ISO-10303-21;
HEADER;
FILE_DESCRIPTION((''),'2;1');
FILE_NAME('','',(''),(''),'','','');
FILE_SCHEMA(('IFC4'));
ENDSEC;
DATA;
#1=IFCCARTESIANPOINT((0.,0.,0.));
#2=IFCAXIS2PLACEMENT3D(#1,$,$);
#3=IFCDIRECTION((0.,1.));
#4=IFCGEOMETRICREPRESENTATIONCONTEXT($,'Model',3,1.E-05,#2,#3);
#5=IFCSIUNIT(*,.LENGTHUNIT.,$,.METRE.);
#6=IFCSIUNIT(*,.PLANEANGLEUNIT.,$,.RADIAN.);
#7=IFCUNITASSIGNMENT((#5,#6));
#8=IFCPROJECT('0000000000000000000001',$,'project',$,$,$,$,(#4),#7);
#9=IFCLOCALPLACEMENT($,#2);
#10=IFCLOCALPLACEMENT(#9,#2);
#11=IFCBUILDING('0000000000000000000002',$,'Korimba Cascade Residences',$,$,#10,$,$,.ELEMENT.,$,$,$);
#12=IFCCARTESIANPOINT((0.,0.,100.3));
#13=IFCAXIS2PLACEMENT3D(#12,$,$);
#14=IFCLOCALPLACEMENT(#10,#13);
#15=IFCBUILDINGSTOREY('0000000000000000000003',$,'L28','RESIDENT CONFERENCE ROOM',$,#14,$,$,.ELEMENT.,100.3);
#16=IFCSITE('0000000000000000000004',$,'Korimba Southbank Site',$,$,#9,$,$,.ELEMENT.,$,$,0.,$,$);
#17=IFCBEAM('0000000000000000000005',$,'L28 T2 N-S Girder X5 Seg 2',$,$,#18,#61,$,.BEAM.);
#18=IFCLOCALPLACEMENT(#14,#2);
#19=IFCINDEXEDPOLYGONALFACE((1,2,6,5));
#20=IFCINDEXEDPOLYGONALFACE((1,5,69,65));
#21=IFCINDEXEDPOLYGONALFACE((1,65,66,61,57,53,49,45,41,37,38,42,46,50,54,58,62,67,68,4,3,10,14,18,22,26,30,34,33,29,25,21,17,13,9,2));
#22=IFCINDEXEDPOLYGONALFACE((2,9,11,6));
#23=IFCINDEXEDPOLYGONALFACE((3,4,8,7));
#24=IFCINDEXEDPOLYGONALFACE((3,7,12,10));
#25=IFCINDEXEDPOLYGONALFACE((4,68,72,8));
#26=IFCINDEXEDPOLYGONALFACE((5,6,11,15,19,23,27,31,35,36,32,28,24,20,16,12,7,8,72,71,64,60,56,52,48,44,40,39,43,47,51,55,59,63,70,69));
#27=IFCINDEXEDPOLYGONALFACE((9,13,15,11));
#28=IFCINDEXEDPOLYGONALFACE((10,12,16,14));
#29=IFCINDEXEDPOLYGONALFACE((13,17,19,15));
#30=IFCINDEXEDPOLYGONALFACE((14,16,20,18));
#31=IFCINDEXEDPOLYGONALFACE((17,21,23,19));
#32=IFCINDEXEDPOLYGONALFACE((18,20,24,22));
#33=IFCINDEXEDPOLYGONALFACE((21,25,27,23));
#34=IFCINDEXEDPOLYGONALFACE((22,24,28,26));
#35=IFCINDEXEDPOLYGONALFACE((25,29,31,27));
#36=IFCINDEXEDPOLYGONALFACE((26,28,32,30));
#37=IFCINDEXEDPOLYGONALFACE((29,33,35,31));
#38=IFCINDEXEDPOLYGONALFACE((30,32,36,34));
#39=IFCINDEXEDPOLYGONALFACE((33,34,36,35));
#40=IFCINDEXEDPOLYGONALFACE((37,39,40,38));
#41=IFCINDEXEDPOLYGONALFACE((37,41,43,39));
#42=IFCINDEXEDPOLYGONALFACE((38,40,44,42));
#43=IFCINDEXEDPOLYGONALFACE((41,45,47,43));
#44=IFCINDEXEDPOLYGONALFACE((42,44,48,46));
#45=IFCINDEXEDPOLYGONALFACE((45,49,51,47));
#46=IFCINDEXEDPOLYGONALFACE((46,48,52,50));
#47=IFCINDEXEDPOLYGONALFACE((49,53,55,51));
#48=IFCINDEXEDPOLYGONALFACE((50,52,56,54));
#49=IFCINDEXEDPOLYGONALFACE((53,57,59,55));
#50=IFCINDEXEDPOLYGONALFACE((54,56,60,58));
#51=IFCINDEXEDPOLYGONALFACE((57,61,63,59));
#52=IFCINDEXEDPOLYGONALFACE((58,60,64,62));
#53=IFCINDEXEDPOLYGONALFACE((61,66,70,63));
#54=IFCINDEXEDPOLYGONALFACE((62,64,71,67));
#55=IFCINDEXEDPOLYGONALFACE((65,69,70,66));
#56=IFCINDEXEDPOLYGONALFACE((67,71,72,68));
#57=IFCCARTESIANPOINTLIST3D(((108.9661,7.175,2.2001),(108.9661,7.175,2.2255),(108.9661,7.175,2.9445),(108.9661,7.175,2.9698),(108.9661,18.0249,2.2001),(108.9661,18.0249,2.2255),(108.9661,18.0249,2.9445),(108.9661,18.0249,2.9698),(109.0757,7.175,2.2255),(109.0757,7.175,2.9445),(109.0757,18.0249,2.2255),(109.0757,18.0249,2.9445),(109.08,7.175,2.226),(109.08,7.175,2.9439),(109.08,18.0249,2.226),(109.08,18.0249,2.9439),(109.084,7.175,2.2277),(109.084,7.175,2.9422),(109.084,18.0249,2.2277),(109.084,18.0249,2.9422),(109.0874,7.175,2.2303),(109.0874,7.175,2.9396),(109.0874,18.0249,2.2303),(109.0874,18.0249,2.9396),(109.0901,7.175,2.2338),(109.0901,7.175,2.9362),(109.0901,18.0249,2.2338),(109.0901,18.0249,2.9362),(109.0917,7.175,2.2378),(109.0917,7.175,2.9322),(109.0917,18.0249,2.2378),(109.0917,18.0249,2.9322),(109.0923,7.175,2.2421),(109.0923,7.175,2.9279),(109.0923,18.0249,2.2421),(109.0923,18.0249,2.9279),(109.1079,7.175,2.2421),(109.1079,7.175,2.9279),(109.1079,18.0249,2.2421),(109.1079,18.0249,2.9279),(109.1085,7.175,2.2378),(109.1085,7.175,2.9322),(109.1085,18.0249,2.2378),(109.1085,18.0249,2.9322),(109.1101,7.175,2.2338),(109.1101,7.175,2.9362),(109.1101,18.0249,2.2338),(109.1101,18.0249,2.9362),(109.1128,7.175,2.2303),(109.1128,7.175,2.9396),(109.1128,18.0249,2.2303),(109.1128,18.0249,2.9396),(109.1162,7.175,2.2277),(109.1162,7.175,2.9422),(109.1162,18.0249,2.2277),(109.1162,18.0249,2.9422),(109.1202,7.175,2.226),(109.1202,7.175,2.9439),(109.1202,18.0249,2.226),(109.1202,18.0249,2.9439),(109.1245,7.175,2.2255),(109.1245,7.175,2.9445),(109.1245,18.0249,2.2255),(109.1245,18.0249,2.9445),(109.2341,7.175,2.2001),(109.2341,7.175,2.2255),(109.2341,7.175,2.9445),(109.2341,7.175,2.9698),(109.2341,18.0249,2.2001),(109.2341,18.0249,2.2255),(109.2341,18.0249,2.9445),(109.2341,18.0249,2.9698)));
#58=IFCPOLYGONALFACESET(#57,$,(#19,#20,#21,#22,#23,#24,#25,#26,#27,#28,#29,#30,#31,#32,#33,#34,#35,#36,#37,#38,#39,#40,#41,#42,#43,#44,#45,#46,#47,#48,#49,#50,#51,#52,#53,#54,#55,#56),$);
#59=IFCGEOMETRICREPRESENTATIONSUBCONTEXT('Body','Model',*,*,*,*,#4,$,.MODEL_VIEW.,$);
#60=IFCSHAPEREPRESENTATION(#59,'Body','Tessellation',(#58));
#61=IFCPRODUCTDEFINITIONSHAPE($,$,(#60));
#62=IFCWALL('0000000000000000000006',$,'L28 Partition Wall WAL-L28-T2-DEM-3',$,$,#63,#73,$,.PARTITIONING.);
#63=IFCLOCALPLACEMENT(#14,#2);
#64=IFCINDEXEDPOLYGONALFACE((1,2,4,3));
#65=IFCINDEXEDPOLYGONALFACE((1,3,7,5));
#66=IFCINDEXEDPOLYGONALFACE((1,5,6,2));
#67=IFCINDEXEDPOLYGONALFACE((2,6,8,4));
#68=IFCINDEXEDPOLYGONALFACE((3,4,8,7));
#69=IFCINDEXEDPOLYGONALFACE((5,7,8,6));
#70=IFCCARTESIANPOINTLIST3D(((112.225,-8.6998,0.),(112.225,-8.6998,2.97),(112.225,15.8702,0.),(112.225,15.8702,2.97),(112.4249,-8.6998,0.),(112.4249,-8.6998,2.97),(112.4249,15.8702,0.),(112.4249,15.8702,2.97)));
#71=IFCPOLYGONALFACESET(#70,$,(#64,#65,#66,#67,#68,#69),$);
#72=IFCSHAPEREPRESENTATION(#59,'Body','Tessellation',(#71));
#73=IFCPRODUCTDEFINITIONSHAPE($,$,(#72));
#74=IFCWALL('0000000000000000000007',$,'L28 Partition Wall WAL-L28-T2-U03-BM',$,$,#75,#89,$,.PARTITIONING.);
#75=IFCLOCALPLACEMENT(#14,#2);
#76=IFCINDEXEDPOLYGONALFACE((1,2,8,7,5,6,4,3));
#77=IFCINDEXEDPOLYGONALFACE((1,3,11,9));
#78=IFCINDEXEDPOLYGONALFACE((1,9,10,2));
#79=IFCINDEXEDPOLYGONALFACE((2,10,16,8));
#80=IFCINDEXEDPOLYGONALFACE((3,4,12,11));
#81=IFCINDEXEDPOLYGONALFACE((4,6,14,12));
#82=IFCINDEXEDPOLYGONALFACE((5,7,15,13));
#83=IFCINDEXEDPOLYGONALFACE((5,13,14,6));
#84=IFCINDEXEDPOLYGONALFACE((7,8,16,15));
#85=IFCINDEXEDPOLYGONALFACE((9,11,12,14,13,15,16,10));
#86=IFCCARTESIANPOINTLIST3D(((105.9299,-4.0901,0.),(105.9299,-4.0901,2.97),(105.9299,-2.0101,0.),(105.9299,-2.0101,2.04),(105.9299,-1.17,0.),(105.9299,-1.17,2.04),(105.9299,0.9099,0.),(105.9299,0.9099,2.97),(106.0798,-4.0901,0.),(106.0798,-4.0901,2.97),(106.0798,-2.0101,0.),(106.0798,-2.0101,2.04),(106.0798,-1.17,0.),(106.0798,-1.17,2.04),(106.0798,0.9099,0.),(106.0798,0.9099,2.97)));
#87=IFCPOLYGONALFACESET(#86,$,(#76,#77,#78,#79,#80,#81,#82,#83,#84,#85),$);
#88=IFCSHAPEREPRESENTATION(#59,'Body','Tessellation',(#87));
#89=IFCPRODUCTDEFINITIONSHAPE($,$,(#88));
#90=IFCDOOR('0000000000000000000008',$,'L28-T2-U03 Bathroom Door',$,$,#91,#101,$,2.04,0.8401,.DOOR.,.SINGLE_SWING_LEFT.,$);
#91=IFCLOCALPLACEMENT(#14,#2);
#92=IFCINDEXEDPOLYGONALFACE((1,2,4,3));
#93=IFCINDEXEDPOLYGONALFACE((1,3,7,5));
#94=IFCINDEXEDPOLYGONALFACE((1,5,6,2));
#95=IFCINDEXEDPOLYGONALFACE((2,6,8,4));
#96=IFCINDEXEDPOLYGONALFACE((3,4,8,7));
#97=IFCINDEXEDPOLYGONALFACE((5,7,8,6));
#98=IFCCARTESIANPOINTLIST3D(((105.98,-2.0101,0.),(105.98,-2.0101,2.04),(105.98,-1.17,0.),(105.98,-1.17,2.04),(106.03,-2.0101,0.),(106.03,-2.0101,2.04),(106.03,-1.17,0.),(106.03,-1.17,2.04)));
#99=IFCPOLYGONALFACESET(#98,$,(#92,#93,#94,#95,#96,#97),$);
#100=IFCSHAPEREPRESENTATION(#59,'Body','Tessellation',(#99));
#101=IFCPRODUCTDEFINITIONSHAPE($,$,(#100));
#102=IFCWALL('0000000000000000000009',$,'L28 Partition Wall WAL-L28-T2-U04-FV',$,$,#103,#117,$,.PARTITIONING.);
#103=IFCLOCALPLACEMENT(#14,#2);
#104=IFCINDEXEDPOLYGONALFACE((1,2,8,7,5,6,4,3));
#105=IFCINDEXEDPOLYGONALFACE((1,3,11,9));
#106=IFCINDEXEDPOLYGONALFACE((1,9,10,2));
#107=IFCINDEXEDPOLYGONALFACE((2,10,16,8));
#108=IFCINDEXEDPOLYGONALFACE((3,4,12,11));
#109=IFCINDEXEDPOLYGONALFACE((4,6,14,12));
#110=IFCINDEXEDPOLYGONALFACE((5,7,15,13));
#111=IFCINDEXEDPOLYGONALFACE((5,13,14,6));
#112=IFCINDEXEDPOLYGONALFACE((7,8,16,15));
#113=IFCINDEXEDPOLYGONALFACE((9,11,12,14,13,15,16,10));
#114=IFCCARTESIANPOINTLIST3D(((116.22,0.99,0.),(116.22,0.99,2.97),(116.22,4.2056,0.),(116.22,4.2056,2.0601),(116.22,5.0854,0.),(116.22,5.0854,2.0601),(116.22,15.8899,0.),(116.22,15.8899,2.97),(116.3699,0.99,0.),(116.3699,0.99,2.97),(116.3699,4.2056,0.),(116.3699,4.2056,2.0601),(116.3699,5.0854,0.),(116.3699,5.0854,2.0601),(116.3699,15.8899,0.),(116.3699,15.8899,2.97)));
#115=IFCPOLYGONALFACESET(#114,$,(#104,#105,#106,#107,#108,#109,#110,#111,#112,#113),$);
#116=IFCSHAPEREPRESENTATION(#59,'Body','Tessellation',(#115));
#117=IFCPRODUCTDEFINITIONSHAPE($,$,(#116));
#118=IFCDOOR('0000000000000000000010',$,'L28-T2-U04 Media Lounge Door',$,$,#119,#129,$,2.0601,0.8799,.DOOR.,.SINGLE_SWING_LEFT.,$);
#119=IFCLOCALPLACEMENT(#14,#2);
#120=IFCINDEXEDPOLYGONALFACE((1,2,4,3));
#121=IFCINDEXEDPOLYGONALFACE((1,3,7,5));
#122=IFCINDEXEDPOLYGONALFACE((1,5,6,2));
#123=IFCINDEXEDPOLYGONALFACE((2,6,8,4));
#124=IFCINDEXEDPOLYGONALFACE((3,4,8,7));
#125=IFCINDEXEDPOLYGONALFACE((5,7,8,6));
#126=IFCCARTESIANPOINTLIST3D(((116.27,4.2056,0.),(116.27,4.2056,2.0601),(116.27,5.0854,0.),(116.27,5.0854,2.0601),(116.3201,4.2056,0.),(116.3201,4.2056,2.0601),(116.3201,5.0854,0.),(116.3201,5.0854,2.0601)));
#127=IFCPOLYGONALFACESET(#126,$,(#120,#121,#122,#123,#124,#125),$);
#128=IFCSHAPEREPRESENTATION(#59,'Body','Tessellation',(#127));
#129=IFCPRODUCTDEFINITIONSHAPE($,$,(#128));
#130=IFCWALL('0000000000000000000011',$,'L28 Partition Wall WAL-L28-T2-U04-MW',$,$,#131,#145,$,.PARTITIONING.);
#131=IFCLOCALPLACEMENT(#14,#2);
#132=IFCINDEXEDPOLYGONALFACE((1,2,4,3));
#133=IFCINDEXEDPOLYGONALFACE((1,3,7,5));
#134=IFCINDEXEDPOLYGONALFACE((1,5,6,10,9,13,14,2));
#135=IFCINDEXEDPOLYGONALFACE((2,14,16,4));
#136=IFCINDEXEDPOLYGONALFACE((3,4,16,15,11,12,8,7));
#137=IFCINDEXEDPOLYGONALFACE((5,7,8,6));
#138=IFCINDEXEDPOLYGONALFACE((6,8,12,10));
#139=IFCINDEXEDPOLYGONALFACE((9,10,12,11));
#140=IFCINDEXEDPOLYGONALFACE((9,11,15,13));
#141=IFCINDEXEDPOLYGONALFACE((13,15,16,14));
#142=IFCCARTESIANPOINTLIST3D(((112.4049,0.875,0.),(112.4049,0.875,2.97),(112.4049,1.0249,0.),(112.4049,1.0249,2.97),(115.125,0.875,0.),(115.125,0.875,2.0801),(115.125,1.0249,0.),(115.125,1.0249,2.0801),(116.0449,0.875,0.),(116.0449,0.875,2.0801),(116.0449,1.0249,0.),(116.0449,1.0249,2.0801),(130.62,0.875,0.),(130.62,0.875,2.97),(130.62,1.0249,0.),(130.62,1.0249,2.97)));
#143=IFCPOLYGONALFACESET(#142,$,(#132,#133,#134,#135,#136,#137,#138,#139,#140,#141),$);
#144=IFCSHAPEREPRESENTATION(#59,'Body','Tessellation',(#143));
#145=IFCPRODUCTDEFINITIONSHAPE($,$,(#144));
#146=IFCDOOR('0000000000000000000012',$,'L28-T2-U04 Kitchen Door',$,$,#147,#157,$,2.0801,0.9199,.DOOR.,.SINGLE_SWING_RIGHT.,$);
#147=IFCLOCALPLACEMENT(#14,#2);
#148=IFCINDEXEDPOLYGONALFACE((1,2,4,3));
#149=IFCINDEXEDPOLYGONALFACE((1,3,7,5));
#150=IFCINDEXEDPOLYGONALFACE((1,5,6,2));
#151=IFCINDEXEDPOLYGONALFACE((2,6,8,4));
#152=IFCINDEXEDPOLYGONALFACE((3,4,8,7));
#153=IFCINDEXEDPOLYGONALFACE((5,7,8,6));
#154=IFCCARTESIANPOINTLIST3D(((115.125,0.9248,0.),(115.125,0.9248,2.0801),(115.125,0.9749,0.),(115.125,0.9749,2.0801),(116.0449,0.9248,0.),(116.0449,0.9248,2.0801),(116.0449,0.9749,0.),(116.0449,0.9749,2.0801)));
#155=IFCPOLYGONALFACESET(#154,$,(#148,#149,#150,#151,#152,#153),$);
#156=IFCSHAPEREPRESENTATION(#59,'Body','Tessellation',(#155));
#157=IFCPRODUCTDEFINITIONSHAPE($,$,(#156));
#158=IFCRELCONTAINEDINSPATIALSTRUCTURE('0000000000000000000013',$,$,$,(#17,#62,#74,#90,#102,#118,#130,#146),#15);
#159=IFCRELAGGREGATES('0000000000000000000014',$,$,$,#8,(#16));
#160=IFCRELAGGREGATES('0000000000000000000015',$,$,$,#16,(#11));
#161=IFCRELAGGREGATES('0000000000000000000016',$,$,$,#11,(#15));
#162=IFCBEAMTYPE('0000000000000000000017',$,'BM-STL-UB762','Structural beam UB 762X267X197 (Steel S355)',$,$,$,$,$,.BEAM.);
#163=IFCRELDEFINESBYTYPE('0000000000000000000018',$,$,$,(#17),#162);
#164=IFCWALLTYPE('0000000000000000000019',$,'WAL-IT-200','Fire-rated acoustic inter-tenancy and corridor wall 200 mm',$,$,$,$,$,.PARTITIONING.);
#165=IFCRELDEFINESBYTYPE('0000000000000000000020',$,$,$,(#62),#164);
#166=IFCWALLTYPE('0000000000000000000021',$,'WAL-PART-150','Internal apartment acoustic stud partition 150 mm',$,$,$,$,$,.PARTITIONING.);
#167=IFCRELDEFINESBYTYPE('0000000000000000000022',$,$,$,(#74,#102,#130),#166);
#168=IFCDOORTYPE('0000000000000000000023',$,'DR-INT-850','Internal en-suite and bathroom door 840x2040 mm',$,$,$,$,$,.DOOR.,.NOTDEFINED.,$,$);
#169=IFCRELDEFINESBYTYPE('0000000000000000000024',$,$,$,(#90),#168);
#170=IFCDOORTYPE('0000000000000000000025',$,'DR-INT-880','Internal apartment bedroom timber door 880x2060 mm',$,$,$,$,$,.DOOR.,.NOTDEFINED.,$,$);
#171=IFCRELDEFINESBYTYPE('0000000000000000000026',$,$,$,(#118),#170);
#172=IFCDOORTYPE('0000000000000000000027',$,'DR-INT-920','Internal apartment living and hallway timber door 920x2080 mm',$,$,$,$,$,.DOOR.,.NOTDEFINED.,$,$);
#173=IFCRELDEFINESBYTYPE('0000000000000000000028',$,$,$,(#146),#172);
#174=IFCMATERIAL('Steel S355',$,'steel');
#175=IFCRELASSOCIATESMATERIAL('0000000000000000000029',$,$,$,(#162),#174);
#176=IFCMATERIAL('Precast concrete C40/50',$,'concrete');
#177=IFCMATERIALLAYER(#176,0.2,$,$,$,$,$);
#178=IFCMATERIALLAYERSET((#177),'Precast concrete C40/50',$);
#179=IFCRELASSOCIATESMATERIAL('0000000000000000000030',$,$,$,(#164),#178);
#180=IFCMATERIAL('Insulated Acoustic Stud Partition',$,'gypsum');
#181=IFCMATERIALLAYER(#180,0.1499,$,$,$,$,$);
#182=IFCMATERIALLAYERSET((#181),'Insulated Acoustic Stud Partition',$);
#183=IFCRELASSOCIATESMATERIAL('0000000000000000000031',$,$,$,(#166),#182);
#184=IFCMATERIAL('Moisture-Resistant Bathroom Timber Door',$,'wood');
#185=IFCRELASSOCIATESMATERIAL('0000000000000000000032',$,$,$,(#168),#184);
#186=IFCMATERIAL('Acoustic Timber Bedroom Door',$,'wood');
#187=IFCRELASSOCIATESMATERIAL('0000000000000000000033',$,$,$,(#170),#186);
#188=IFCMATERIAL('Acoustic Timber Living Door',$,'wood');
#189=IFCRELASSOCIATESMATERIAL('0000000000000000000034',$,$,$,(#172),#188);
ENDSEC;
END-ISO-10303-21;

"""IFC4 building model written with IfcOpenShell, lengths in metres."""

from ifc_helpers import new_model, si_unit, direction, frame, frame_2d, origin, origin_2d, place, context, subcontext, project, spatial, rectangle, i_section, extrude, material, layer, layer_set, material_profile, profile_set, type_object, element, fill, save


model = new_model("IFC4")

# Units and contexts
model_context = context("Model", 3, precision=1e-05, world=origin(), true_north=direction((0.0, 1.0)))
body_context = subcontext(model_context, "Body", "Model", "MODEL_VIEW")
ifc_project = project(units=[si_unit("LENGTHUNIT", "METRE"), si_unit("PLANEANGLEUNIT", "RADIAN")], contexts=[model_context])

# Site, building, storey
site_placement = place(None, origin())
site = spatial("IfcSite", under=ifc_project, at=site_placement, Name="Korimba Southbank Site", CompositionType="ELEMENT", RefElevation=0.0)
building_placement = place(site_placement, origin())
building = spatial("IfcBuilding", under=site, at=building_placement, Name="Korimba Cascade Residences", CompositionType="ELEMENT")
storey_placement = place(building_placement, frame((0.0, 0.0, 100.3)))
storey = spatial("IfcBuildingStorey", under=building, at=storey_placement, Name="L28", Description="RESIDENT CONFERENCE ROOM", CompositionType="ELEMENT", Elevation=100.3)

# Beam
ifc_material_1 = material(Name="Steel S355", Category="steel")
ifc_material_profile_1 = material_profile(ifc_material_1, i_section(OverallWidth=0.2681, OverallDepth=0.7698, WebThickness=0.0156, FlangeThickness=0.0254, FilletRadius=0.0166, at=origin_2d()), Name="Steel S355")
ifc_profile_set_1 = profile_set([ifc_material_profile_1], Name="Steel S355")
beam_type_1 = type_object("IfcBeamType", Name="BM-STL-UB762", Description="Structural beam UB 762X267X197 (Steel S355)", PredefinedType="BEAM", material=ifc_profile_set_1)
beam_1_placement = place(storey_placement, frame((109.1001, 7.175, 2.585), z_axis=(0.0, 1.0, 0.0), x_axis=(-1.0, 0.0, 0.0)))
element("IfcBeam", 1, at=beam_1_placement, inside=storey, type_object=beam_type_1, Name="L28 T2 N-S Girder X5 Seg 2", PredefinedType="BEAM", context=body_context, shape_type="SweptSolid", body=[
    extrude(i_section(OverallWidth=0.2681, OverallDepth=0.7698, WebThickness=0.0156, FlangeThickness=0.0254, FilletRadius=0.0166, at=origin_2d()), origin(), (0.0, 0.0, 1.0), 10.8499),
])

# Wall
ifc_material_2 = material(Name="Precast concrete C40/50", Category="concrete")
ifc_layer_1 = layer(ifc_material_2, 0.2)
ifc_layer_set_1 = layer_set([ifc_layer_1], Name="Precast concrete C40/50")
wall_type_1 = type_object("IfcWallType", Name="WAL-IT-200", Description="Fire-rated acoustic inter-tenancy and corridor wall 200 mm", PredefinedType="PARTITIONING", material=ifc_layer_set_1)
wall_1_placement = place(storey_placement, frame((112.325, -8.7, 0.0), z_axis=(0.0, 0.0, 1.0), x_axis=(0.0, 1.0, 0.0)))
element("IfcWall", 2, at=wall_1_placement, inside=storey, type_object=wall_type_1, Name="L28 Partition Wall WAL-L28-T2-DEM-3", PredefinedType="PARTITIONING", context=body_context, shape_type="SweptSolid", body=[
    extrude(rectangle(XDim=24.5701, YDim=0.2, at=frame_2d((12.2852, 0.0))), origin(), (0.0, 0.0, 1.0), 2.97),
])

# Walls, openings, doors
ifc_material_3 = material(Name="Insulated Acoustic Stud Partition", Category="gypsum")
ifc_layer_2 = layer(ifc_material_3, 0.1499)
ifc_layer_set_2 = layer_set([ifc_layer_2], Name="Insulated Acoustic Stud Partition")
wall_type_2 = type_object("IfcWallType", Name="WAL-PART-150", Description="Internal apartment acoustic stud partition 150 mm", PredefinedType="PARTITIONING", material=ifc_layer_set_2)
wall_2_placement = place(storey_placement, frame((106.0049, -4.0901, 0.0), z_axis=(0.0, 0.0, 1.0), x_axis=(0.0, 1.0, 0.0)))
wall_2 = element("IfcWall", 3, at=wall_2_placement, inside=storey, type_object=wall_type_2, Name="L28 Partition Wall WAL-L28-T2-U03-BM", PredefinedType="PARTITIONING", context=body_context, shape_type="SweptSolid", body=[
    extrude(rectangle(XDim=5.0, YDim=0.1499, at=frame_2d((2.5, 0.0))), origin(), (0.0, 0.0, 1.0), 2.97),
])
opening_1_placement = place(wall_2_placement, frame((2.0801, 0.0, 0.0)))
opening_1 = element("IfcOpeningElement", 4, at=opening_1_placement, cuts=wall_2, PredefinedType="OPENING", context=body_context, shape_type="SweptSolid", body=[
    extrude(rectangle(XDim=0.8401, YDim=2.04, at=frame_2d((0.4199, 1.02))), frame((0.0, 0.085, 0.0), z_axis=(0.0, -1.0, 0.0), x_axis=(1.0, 0.0, 0.0)), (0.0, 0.0, 1.0), 0.1699),
])
ifc_material_4 = material(Name="Moisture-Resistant Bathroom Timber Door", Category="wood")
door_type_1 = type_object("IfcDoorType", Name="DR-INT-850", Description="Internal en-suite and bathroom door 840x2040 mm", OperationType="NOTDEFINED", PredefinedType="DOOR", material=ifc_material_4)
door_1_placement = place(opening_1_placement, origin())
door_1 = element("IfcDoor", 5, at=door_1_placement, inside=storey, type_object=door_type_1, Name="L28-T2-U03 Bathroom Door", OperationType="SINGLE_SWING_LEFT", OverallHeight=2.04, OverallWidth=0.8401, PredefinedType="DOOR", context=body_context, shape_type="SweptSolid", body=[
    extrude(rectangle(XDim=0.8401, YDim=2.04, at=frame_2d((0.4199, 1.02))), frame((0.0, 0.0249, 0.0), z_axis=(0.0, -1.0, 0.0), x_axis=(1.0, 0.0, 0.0)), (0.0, 0.0, 1.0), 0.05),
])
fill(opening_1, door_1)
wall_3_placement = place(storey_placement, frame((116.2949, 0.99, 0.0), z_axis=(0.0, 0.0, 1.0), x_axis=(0.0, 1.0, 0.0)))
wall_3 = element("IfcWall", 6, at=wall_3_placement, inside=storey, type_object=wall_type_2, Name="L28 Partition Wall WAL-L28-T2-U04-FV", PredefinedType="PARTITIONING", context=body_context, shape_type="SweptSolid", body=[
    extrude(rectangle(XDim=14.8999, YDim=0.1499, at=frame_2d((7.45, 0.0))), origin(), (0.0, 0.0, 1.0), 2.97),
])
opening_2_placement = place(wall_3_placement, frame((3.2156, 0.0, 0.0)))
opening_2 = element("IfcOpeningElement", 7, at=opening_2_placement, cuts=wall_3, PredefinedType="OPENING", context=body_context, shape_type="SweptSolid", body=[
    extrude(rectangle(XDim=0.8799, YDim=2.0601, at=frame_2d((0.4399, 1.03))), frame((0.0, 0.085, 0.0), z_axis=(0.0, -1.0, 0.0), x_axis=(1.0, 0.0, 0.0)), (0.0, 0.0, 1.0), 0.1699),
])
ifc_material_5 = material(Name="Acoustic Timber Bedroom Door", Category="wood")
door_type_2 = type_object("IfcDoorType", Name="DR-INT-880", Description="Internal apartment bedroom timber door 880x2060 mm", OperationType="NOTDEFINED", PredefinedType="DOOR", material=ifc_material_5)
door_2_placement = place(opening_2_placement, origin())
door_2 = element("IfcDoor", 8, at=door_2_placement, inside=storey, type_object=door_type_2, Name="L28-T2-U04 Media Lounge Door", OperationType="SINGLE_SWING_LEFT", OverallHeight=2.0601, OverallWidth=0.8799, PredefinedType="DOOR", context=body_context, shape_type="SweptSolid", body=[
    extrude(rectangle(XDim=0.8799, YDim=2.0601, at=frame_2d((0.4399, 1.03))), frame((0.0, 0.0249, 0.0), z_axis=(0.0, -1.0, 0.0), x_axis=(1.0, 0.0, 0.0)), (0.0, 0.0, 1.0), 0.05),
])
fill(opening_2, door_2)
wall_4_placement = place(storey_placement, frame((112.405, 0.95, 0.0), z_axis=(0.0, 0.0, 1.0), x_axis=(1.0, 0.0, 0.0)))
wall_4 = element("IfcWall", 9, at=wall_4_placement, inside=storey, type_object=wall_type_2, Name="L28 Partition Wall WAL-L28-T2-U04-MW", PredefinedType="PARTITIONING", context=body_context, shape_type="SweptSolid", body=[
    extrude(rectangle(XDim=18.2151, YDim=0.1499, at=frame_2d((9.1074, 0.0))), origin(), (0.0, 0.0, 1.0), 2.97),
])
opening_3_placement = place(wall_4_placement, frame((2.72, 0.0, 0.0)))
opening_3 = element("IfcOpeningElement", 10, at=opening_3_placement, cuts=wall_4, PredefinedType="OPENING", context=body_context, shape_type="SweptSolid", body=[
    extrude(rectangle(XDim=0.9199, YDim=2.0801, at=frame_2d((0.46, 1.04))), frame((0.0, 0.085, 0.0), z_axis=(0.0, -1.0, 0.0), x_axis=(1.0, 0.0, 0.0)), (0.0, 0.0, 1.0), 0.1699),
])
ifc_material_6 = material(Name="Acoustic Timber Living Door", Category="wood")
door_type_3 = type_object("IfcDoorType", Name="DR-INT-920", Description="Internal apartment living and hallway timber door 920x2080 mm", OperationType="NOTDEFINED", PredefinedType="DOOR", material=ifc_material_6)
door_3_placement = place(opening_3_placement, origin())
door_3 = element("IfcDoor", 11, at=door_3_placement, inside=storey, type_object=door_type_3, Name="L28-T2-U04 Kitchen Door", OperationType="SINGLE_SWING_RIGHT", OverallHeight=2.0801, OverallWidth=0.9199, PredefinedType="DOOR", context=body_context, shape_type="SweptSolid", body=[
    extrude(rectangle(XDim=0.9199, YDim=2.0801, at=frame_2d((0.46, 1.04))), frame((0.0, 0.0249, 0.0), z_axis=(0.0, -1.0, 0.0), x_axis=(1.0, 0.0, 0.0)), (0.0, 0.0, 1.0), 0.05),
])
fill(opening_3, door_3)

save(model, "model.ifc")
